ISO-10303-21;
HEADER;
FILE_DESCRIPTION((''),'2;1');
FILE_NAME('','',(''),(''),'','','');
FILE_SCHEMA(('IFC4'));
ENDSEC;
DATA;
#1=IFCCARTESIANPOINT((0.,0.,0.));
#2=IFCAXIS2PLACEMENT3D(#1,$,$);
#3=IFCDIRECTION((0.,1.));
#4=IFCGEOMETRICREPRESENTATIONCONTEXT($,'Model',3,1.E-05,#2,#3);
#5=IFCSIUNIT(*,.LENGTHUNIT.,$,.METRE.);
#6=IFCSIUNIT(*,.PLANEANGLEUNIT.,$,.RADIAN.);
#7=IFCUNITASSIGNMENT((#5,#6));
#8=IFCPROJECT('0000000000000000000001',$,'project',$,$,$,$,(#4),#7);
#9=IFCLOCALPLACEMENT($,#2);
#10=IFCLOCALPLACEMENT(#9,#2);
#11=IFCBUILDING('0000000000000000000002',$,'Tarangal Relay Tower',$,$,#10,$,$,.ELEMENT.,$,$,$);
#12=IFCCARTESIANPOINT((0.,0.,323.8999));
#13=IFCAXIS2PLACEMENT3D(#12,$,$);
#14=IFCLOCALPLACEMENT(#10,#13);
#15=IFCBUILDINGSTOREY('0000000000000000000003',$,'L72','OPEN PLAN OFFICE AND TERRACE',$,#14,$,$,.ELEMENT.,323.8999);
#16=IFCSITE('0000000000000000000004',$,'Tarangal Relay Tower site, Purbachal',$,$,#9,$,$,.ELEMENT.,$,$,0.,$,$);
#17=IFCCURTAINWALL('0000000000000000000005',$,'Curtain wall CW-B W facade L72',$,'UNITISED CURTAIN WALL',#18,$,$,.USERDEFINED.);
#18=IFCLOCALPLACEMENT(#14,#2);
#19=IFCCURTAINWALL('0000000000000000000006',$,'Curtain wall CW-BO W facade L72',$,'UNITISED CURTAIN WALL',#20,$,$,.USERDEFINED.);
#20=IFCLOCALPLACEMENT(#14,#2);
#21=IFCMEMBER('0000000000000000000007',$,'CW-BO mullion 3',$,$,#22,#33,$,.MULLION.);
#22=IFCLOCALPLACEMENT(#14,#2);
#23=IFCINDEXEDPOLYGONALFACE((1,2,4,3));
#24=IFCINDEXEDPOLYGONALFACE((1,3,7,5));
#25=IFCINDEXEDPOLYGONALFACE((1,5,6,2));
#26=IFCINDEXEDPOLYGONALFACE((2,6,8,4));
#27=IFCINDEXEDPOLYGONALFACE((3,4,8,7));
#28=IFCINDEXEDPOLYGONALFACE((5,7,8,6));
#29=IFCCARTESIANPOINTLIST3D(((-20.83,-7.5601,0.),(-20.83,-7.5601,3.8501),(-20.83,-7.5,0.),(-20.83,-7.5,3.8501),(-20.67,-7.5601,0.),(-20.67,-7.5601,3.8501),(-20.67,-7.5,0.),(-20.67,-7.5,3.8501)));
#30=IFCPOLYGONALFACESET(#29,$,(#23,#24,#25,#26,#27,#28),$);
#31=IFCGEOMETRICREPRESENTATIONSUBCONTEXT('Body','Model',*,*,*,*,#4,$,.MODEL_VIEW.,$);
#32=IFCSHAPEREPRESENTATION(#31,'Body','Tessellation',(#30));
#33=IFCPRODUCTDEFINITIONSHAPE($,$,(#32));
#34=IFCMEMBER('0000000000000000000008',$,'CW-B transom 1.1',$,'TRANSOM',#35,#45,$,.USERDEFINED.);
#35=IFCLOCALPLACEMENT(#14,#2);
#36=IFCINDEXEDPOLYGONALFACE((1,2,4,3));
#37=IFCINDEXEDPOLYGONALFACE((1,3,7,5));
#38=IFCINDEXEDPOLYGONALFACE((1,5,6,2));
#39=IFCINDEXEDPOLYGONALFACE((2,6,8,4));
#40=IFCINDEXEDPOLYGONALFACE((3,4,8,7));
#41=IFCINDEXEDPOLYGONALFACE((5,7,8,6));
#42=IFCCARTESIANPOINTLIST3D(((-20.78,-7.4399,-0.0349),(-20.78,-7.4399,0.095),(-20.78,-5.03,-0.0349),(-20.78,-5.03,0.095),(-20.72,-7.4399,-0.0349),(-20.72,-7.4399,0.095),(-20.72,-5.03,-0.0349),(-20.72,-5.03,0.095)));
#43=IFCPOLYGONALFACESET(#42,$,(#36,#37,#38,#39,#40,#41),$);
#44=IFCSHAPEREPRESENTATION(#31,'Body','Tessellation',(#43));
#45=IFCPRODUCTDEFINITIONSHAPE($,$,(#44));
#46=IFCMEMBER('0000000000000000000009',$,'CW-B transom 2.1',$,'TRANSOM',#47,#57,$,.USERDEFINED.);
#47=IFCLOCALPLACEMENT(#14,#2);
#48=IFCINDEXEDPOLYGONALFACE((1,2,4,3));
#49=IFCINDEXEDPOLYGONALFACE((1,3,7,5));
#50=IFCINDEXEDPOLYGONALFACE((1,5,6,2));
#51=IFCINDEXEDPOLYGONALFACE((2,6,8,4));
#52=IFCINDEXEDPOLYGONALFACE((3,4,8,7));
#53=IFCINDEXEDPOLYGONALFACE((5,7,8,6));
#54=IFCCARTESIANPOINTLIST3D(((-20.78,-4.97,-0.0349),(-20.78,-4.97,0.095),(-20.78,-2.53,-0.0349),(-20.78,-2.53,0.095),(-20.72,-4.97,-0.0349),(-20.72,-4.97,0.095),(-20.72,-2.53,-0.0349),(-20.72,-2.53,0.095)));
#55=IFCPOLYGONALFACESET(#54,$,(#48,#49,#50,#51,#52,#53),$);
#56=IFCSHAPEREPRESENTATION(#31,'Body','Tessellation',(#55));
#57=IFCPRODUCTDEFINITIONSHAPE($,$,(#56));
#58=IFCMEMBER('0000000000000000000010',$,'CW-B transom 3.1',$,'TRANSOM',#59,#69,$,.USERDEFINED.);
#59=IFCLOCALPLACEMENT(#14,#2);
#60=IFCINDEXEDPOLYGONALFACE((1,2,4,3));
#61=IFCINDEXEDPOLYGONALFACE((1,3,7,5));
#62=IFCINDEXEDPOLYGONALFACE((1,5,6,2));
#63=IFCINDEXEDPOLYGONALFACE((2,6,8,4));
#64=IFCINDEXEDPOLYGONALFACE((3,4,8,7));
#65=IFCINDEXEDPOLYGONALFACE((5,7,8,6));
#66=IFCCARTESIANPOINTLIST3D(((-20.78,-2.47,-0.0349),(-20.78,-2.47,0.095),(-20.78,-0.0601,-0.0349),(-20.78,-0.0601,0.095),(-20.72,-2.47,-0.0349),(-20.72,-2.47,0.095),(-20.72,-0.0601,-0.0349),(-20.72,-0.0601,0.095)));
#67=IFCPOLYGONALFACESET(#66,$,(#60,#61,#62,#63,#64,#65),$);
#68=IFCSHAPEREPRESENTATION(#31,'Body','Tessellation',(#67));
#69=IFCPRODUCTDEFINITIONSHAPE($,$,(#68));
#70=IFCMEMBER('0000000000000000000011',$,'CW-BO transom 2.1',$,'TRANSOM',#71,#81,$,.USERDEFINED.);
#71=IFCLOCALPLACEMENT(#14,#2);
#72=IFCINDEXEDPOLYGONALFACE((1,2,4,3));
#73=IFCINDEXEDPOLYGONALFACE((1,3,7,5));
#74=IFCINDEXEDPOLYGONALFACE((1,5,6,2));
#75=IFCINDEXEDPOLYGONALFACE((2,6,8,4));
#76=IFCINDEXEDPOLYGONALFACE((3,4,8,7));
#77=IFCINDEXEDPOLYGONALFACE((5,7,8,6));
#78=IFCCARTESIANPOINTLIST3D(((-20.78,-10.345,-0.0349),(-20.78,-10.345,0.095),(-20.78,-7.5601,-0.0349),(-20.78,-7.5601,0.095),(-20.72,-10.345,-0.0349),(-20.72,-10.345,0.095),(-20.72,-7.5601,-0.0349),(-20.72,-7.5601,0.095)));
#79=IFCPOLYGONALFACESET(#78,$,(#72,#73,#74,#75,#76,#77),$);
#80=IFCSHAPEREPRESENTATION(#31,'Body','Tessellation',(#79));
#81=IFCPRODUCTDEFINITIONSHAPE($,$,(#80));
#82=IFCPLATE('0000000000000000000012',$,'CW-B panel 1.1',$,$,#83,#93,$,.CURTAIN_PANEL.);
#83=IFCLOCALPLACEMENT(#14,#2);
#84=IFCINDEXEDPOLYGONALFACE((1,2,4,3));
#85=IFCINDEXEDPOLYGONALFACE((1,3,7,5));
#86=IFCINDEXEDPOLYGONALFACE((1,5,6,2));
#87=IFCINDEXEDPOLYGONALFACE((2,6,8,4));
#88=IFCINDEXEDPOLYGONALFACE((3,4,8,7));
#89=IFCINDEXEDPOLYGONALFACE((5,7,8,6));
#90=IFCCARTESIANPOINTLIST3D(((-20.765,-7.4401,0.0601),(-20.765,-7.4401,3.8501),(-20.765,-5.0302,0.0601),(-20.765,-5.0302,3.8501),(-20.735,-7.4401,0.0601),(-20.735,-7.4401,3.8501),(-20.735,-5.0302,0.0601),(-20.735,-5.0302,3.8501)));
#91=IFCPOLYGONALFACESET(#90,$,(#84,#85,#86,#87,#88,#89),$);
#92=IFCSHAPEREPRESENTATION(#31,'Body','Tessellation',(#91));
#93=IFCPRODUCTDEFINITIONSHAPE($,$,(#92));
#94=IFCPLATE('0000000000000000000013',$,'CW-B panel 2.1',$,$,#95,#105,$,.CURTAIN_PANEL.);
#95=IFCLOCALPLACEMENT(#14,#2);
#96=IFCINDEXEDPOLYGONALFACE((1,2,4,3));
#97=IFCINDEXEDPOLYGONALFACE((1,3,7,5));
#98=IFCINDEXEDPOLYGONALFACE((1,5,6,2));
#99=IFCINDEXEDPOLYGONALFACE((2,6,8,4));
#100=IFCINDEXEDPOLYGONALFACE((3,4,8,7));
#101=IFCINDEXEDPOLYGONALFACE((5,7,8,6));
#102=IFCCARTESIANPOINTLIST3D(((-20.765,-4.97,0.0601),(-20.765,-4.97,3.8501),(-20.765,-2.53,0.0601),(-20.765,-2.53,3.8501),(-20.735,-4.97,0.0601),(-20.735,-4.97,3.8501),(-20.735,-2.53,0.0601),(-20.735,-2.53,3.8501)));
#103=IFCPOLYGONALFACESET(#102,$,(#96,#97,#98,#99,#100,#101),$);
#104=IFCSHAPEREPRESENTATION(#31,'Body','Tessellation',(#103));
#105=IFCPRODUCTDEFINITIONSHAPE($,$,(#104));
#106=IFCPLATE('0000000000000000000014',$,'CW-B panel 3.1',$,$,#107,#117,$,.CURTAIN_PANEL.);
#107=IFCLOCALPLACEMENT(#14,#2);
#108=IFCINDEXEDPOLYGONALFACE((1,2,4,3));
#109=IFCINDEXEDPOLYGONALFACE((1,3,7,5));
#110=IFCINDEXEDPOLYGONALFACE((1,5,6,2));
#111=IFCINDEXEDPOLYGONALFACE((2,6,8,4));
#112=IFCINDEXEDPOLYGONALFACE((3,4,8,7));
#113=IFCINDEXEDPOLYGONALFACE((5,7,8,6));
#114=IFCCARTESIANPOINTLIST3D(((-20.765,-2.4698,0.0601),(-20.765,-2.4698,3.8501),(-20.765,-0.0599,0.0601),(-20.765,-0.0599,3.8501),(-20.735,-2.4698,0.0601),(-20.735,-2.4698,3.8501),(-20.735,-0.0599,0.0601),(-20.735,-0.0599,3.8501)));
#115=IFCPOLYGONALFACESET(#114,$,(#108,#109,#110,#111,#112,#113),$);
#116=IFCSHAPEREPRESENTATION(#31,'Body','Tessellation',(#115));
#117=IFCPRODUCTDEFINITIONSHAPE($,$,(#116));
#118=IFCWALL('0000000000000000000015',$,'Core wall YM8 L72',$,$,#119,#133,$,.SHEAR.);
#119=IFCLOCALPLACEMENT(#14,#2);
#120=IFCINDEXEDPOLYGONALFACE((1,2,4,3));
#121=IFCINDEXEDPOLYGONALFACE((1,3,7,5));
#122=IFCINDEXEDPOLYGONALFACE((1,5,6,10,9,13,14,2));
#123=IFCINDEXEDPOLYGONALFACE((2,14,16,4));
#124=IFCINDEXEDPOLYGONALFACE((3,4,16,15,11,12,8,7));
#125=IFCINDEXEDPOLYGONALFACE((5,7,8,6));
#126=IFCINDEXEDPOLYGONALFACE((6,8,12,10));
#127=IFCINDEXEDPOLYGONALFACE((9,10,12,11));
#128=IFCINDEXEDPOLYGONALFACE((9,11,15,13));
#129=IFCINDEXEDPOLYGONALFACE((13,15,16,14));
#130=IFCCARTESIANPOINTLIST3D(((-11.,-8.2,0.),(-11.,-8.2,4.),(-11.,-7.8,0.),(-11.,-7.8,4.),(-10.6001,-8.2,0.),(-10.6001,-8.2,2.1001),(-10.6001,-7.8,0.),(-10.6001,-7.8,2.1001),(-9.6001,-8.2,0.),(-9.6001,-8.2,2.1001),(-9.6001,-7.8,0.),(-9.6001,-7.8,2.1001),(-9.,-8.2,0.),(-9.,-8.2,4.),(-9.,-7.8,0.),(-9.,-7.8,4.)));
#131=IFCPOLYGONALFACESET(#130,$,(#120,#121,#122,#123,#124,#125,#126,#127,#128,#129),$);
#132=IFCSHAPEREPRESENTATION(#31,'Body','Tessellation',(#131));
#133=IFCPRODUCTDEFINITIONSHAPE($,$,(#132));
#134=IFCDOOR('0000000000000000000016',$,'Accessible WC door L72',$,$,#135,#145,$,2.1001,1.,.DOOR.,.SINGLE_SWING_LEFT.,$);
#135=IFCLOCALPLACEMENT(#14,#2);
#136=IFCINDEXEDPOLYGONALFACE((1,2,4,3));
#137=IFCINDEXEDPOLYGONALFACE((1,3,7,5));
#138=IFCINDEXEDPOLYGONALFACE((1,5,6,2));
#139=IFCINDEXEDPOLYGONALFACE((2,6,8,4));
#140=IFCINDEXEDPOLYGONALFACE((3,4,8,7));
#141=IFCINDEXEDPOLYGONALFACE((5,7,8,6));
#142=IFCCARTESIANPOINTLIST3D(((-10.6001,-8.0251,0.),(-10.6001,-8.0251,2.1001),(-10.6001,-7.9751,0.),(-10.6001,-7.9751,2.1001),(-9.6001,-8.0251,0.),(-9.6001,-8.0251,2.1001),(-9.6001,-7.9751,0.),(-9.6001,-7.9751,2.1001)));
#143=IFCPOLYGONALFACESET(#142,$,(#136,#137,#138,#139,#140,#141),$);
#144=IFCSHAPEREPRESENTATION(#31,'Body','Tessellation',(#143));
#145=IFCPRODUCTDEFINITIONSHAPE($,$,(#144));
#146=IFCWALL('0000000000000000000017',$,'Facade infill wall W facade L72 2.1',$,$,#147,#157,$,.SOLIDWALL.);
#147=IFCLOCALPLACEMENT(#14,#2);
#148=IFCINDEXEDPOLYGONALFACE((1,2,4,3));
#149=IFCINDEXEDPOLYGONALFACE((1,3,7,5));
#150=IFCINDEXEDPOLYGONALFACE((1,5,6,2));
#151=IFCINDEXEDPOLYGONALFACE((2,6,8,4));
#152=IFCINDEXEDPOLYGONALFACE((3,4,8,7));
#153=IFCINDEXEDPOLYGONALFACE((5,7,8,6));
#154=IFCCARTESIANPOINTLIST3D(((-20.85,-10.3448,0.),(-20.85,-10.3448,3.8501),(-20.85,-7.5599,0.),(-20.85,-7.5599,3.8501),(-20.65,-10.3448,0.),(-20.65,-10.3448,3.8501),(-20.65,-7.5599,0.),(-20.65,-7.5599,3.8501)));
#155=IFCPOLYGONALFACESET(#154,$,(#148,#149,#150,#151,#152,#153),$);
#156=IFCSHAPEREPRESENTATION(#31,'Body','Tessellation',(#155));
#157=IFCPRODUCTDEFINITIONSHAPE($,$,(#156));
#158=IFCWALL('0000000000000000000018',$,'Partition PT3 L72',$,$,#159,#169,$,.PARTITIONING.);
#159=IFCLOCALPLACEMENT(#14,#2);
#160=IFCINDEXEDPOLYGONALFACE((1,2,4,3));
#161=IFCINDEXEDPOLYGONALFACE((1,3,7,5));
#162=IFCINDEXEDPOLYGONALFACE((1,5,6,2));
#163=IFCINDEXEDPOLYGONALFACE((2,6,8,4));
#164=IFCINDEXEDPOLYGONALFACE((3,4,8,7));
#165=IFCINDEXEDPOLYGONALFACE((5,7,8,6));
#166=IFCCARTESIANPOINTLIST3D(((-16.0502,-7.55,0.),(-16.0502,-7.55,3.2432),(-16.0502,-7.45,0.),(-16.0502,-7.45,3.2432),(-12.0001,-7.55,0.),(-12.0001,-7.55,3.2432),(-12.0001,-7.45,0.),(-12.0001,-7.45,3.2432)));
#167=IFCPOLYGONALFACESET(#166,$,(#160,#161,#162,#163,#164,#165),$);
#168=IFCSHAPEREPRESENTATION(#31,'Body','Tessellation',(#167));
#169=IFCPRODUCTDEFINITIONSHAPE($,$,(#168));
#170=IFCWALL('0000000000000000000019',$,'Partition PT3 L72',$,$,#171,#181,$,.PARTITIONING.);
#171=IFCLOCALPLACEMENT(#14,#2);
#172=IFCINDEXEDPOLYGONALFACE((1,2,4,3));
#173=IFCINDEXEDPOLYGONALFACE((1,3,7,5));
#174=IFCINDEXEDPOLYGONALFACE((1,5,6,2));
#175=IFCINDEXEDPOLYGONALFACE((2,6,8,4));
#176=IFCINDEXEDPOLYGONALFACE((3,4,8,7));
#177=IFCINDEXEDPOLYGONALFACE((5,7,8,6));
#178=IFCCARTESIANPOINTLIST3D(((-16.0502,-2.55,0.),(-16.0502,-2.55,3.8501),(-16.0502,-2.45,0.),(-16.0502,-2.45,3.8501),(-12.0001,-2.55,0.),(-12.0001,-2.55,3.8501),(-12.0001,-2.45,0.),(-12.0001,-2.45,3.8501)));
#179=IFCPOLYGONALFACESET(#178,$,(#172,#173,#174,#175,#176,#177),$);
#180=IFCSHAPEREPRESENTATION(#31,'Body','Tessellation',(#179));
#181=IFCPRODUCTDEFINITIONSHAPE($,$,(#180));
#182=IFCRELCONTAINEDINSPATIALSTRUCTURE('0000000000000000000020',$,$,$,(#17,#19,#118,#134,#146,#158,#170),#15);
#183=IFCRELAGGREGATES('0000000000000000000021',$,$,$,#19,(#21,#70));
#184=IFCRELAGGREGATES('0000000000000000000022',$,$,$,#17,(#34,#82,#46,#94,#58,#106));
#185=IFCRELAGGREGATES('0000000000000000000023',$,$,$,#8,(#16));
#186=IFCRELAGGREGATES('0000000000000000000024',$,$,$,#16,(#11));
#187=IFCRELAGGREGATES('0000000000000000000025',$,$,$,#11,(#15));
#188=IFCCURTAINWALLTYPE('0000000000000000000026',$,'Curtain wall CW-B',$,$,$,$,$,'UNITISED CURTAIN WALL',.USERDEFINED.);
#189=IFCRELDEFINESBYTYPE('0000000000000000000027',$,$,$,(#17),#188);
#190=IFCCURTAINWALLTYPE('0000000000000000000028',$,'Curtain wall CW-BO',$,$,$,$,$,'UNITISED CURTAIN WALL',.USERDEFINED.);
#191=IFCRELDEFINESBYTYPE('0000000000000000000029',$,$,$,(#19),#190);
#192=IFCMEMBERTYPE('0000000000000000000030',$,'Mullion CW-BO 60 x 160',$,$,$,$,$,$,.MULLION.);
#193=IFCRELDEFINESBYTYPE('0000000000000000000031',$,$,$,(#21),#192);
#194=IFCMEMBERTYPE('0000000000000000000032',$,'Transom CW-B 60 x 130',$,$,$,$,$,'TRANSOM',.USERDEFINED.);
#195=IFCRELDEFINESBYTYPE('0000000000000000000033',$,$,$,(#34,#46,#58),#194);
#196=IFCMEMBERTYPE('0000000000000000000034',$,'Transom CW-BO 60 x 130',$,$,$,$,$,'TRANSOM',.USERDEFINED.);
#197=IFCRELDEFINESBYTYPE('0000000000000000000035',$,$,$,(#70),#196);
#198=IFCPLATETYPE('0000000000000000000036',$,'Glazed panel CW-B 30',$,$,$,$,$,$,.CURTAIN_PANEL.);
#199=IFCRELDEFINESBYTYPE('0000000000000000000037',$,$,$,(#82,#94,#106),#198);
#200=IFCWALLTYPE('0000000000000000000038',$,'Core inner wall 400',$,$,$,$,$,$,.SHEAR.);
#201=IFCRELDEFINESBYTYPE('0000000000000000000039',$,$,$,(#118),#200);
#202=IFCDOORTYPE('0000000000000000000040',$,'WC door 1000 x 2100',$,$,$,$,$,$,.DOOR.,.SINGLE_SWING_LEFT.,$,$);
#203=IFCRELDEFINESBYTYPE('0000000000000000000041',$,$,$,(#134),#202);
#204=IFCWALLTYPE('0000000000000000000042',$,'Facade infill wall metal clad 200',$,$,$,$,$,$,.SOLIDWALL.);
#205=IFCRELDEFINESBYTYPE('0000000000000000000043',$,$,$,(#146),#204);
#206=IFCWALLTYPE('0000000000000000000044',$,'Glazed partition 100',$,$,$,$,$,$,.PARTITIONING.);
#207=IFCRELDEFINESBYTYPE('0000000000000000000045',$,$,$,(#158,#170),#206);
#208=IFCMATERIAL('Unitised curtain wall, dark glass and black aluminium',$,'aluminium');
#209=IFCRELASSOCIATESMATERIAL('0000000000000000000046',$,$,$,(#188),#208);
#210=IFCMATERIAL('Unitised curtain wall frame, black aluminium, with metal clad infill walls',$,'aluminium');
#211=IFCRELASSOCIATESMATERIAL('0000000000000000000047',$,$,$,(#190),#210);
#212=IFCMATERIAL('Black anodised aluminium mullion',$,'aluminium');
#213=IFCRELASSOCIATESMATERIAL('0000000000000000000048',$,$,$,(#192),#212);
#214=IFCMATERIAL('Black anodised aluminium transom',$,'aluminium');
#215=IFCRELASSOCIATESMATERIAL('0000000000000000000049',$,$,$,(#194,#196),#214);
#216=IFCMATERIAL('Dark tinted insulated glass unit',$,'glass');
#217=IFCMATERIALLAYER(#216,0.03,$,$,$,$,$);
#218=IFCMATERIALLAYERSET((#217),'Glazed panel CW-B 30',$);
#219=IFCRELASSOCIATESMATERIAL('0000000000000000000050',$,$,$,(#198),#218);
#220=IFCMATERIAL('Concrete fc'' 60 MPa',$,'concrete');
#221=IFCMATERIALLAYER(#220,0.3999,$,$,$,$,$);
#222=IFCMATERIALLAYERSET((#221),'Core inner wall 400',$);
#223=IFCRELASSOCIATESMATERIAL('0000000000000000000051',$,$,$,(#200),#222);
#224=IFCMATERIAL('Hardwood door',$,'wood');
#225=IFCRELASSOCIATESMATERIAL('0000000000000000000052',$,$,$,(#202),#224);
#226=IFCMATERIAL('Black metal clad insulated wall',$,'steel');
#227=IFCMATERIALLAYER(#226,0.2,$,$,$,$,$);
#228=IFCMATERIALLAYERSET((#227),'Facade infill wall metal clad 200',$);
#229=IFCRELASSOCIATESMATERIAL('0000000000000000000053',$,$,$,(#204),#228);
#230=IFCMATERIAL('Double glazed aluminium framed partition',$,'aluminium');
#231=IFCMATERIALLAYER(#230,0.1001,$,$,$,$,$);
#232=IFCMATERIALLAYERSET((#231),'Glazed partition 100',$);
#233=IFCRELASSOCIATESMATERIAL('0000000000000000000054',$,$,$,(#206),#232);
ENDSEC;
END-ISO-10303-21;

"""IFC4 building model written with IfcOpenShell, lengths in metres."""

from ifc_helpers import new_model, si_unit, direction, frame, frame_2d, origin, origin_2d, place, context, subcontext, project, spatial, rectangle, extrude, material, layer, layer_set, material_profile, profile_set, type_object, element, fill, aggregate, save


model = new_model("IFC4")

# Units and contexts
model_context = context("Model", 3, precision=1e-05, world=origin(), true_north=direction((0.0, 1.0)))
body_context = subcontext(model_context, "Body", "Model", "MODEL_VIEW")
ifc_project = project(units=[si_unit("LENGTHUNIT", "METRE"), si_unit("PLANEANGLEUNIT", "RADIAN")], contexts=[model_context])

# Site, building, storey
site_placement = place(None, origin())
site = spatial("IfcSite", under=ifc_project, at=site_placement, Name="Tarangal Relay Tower site, Purbachal", CompositionType="ELEMENT", RefElevation=0.0)
building_placement = place(site_placement, origin())
building = spatial("IfcBuilding", under=site, at=building_placement, Name="Tarangal Relay Tower", CompositionType="ELEMENT")
storey_placement = place(building_placement, frame((0.0, 0.0, 323.8999)))
storey = spatial("IfcBuildingStorey", under=building, at=storey_placement, Name="L72", Description="OPEN PLAN OFFICE AND TERRACE", CompositionType="ELEMENT", Elevation=323.8999)

# Curtain wall
ifc_material_1 = material(Name="Unitised curtain wall, dark glass and black aluminium", Category="aluminium")
curtain_wall_type_1 = type_object("IfcCurtainWallType", Name="Curtain wall CW-B", ElementType="UNITISED CURTAIN WALL", PredefinedType="USERDEFINED", material=ifc_material_1)
curtain_wall_1_placement = place(storey_placement, origin())
curtain_wall_1 = element("IfcCurtainWall", 1, at=curtain_wall_1_placement, inside=storey, type_object=curtain_wall_type_1, Name="Curtain wall CW-B W facade L72", ObjectType="UNITISED CURTAIN WALL", PredefinedType="USERDEFINED")
ifc_material_2 = material(Name="Black anodised aluminium mullion", Category="aluminium")

# Curtain wall, member
ifc_material_3 = material(Name="Unitised curtain wall frame, black aluminium, with metal clad infill walls", Category="aluminium")
curtain_wall_type_2 = type_object("IfcCurtainWallType", Name="Curtain wall CW-BO", ElementType="UNITISED CURTAIN WALL", PredefinedType="USERDEFINED", material=ifc_material_3)
curtain_wall_2_placement = place(storey_placement, origin())
curtain_wall_2 = element("IfcCurtainWall", 2, at=curtain_wall_2_placement, inside=storey, type_object=curtain_wall_type_2, Name="Curtain wall CW-BO W facade L72", ObjectType="UNITISED CURTAIN WALL", PredefinedType="USERDEFINED")
ifc_material_profile_1 = material_profile(ifc_material_2, rectangle(XDim=0.1599, YDim=0.0601, at=origin_2d()), Name="CW-BOM 60X160")
ifc_profile_set_1 = profile_set([ifc_material_profile_1], Name="Black anodised aluminium mullion")
member_type_1 = type_object("IfcMemberType", Name="Mullion CW-BO 60 x 160", PredefinedType="MULLION", material=ifc_profile_set_1)
member_1_placement = place(storey_placement, frame((-20.75, -7.53, 0.0), z_axis=(0.0, 0.0, 1.0), x_axis=(-1.0, 0.0, 0.0)))
member_1 = element("IfcMember", 3, at=member_1_placement, type_object=member_type_1, Name="CW-BO mullion 3", PredefinedType="MULLION", context=body_context, shape_type="SweptSolid", body=[
    extrude(rectangle(XDim=0.1599, YDim=0.0601, at=origin_2d()), origin(), (0.0, 0.0, 1.0), 3.8501),
])

# Members
ifc_material_4 = material(Name="Black anodised aluminium transom", Category="aluminium")
ifc_material_profile_2 = material_profile(ifc_material_4, rectangle(XDim=0.0601, YDim=0.1299, at=origin_2d()), Name="CW-BT 60X130")
ifc_profile_set_2 = profile_set([ifc_material_profile_2], Name="Black anodised aluminium transom")
member_type_2 = type_object("IfcMemberType", Name="Transom CW-B 60 x 130", ElementType="TRANSOM", PredefinedType="USERDEFINED", material=ifc_profile_set_2)
member_2_placement = place(storey_placement, frame((-20.75, -7.4399, 0.03), z_axis=(0.0, 1.0, 0.0), x_axis=(-1.0, 0.0, 0.0)))
member_2 = element("IfcMember", 4, at=member_2_placement, type_object=member_type_2, Name="CW-B transom 1.1", ObjectType="TRANSOM", PredefinedType="USERDEFINED", context=body_context, shape_type="SweptSolid", body=[
    extrude(rectangle(XDim=0.0601, YDim=0.1299, at=origin_2d()), origin(), (0.0, 0.0, 1.0), 2.4099),
])
member_3_placement = place(storey_placement, frame((-20.75, -4.97, 0.03), z_axis=(0.0, 1.0, 0.0), x_axis=(-1.0, 0.0, 0.0)))
member_3 = element("IfcMember", 5, at=member_3_placement, type_object=member_type_2, Name="CW-B transom 2.1", ObjectType="TRANSOM", PredefinedType="USERDEFINED", context=body_context, shape_type="SweptSolid", body=[
    extrude(rectangle(XDim=0.0601, YDim=0.1299, at=origin_2d()), origin(), (0.0, 0.0, 1.0), 2.4399),
])
member_4_placement = place(storey_placement, frame((-20.75, -2.47, 0.03), z_axis=(0.0, 1.0, 0.0), x_axis=(-1.0, 0.0, 0.0)))
member_4 = element("IfcMember", 6, at=member_4_placement, type_object=member_type_2, Name="CW-B transom 3.1", ObjectType="TRANSOM", PredefinedType="USERDEFINED", context=body_context, shape_type="SweptSolid", body=[
    extrude(rectangle(XDim=0.0601, YDim=0.1299, at=origin_2d()), origin(), (0.0, 0.0, 1.0), 2.4099),
])
ifc_material_profile_3 = material_profile(ifc_material_4, rectangle(XDim=0.0601, YDim=0.1299, at=origin_2d()), Name="CW-BOT 60X130")
ifc_profile_set_3 = profile_set([ifc_material_profile_3], Name="Black anodised aluminium transom")
member_type_3 = type_object("IfcMemberType", Name="Transom CW-BO 60 x 130", ElementType="TRANSOM", PredefinedType="USERDEFINED", material=ifc_profile_set_3)
member_5_placement = place(storey_placement, frame((-20.75, -10.345, 0.03), z_axis=(0.0, 1.0, 0.0), x_axis=(-1.0, 0.0, 0.0)))
member_5 = element("IfcMember", 7, at=member_5_placement, type_object=member_type_3, Name="CW-BO transom 2.1", ObjectType="TRANSOM", PredefinedType="USERDEFINED", context=body_context, shape_type="SweptSolid", body=[
    extrude(rectangle(XDim=0.0601, YDim=0.1299, at=origin_2d()), origin(), (0.0, 0.0, 1.0), 2.7849),
])
aggregate(curtain_wall_2, [member_1, member_5])

# Plates
ifc_material_5 = material(Name="Dark tinted insulated glass unit", Category="glass")
ifc_layer_1 = layer(ifc_material_5, 0.03)
ifc_layer_set_1 = layer_set([ifc_layer_1], Name="Glazed panel CW-B 30")
plate_type = type_object("IfcPlateType", Name="Glazed panel CW-B 30", PredefinedType="CURTAIN_PANEL", material=ifc_layer_set_1)
plate_1_placement = place(storey_placement, frame((-20.75, -6.2351, 0.0601), z_axis=(0.0, 0.0, 1.0), x_axis=(0.0, 1.0, 0.0)))
plate_1 = element("IfcPlate", 8, at=plate_1_placement, type_object=plate_type, Name="CW-B panel 1.1", PredefinedType="CURTAIN_PANEL", context=body_context, shape_type="SweptSolid", body=[
    extrude(rectangle(XDim=2.4099, YDim=0.03, at=origin_2d()), origin(), (0.0, 0.0, 1.0), 3.79),
])
plate_2_placement = place(storey_placement, frame((-20.75, -3.75, 0.0601), z_axis=(0.0, 0.0, 1.0), x_axis=(0.0, 1.0, 0.0)))
plate_2 = element("IfcPlate", 9, at=plate_2_placement, type_object=plate_type, Name="CW-B panel 2.1", PredefinedType="CURTAIN_PANEL", context=body_context, shape_type="SweptSolid", body=[
    extrude(rectangle(XDim=2.4399, YDim=0.03, at=origin_2d()), origin(), (0.0, 0.0, 1.0), 3.79),
])
plate_3_placement = place(storey_placement, frame((-20.75, -1.2649, 0.0601), z_axis=(0.0, 0.0, 1.0), x_axis=(0.0, 1.0, 0.0)))
plate_3 = element("IfcPlate", 10, at=plate_3_placement, type_object=plate_type, Name="CW-B panel 3.1", PredefinedType="CURTAIN_PANEL", context=body_context, shape_type="SweptSolid", body=[
    extrude(rectangle(XDim=2.4099, YDim=0.03, at=origin_2d()), origin(), (0.0, 0.0, 1.0), 3.79),
])
aggregate(curtain_wall_1, [member_2, plate_1, member_3, plate_2, member_4, plate_3])

# Wall, opening, door
ifc_material_6 = material(Name="Concrete fc' 60 MPa", Category="concrete")
ifc_layer_2 = layer(ifc_material_6, 0.3999)
ifc_layer_set_2 = layer_set([ifc_layer_2], Name="Core inner wall 400")
wall_type_1 = type_object("IfcWallType", Name="Core inner wall 400", PredefinedType="SHEAR", material=ifc_layer_set_2)
wall_1_placement = place(storey_placement, frame((-11.0, -8.0, 0.0), z_axis=(0.0, 0.0, 1.0), x_axis=(1.0, 0.0, 0.0)))
wall_1 = element("IfcWall", 11, at=wall_1_placement, inside=storey, type_object=wall_type_1, Name="Core wall YM8 L72", PredefinedType="SHEAR", context=body_context, shape_type="SweptSolid", body=[
    extrude(rectangle(XDim=2.0, YDim=0.3999, at=frame_2d((1.0, 0.0))), origin(), (0.0, 0.0, 1.0), 4.0),
])
opening_1_placement = place(wall_1_placement, frame((0.3999, 0.0, 0.0)))
opening_1 = element("IfcOpeningElement", 12, at=opening_1_placement, cuts=wall_1, PredefinedType="OPENING", context=body_context, shape_type="SweptSolid", body=[
    extrude(rectangle(XDim=1.0, YDim=2.1001, at=frame_2d((0.5, 1.05))), frame((0.0, 0.21, 0.0), z_axis=(0.0, -1.0, 0.0), x_axis=(1.0, 0.0, 0.0)), (0.0, 0.0, 1.0), 0.4199),
])
ifc_material_7 = material(Name="Hardwood door", Category="wood")
door_type_1 = type_object("IfcDoorType", Name="WC door 1000 x 2100", OperationType="SINGLE_SWING_LEFT", PredefinedType="DOOR", material=ifc_material_7)
door_1_placement = place(opening_1_placement, origin())
door_1 = element("IfcDoor", 13, at=door_1_placement, inside=storey, type_object=door_type_1, Name="Accessible WC door L72", OperationType="SINGLE_SWING_LEFT", OverallHeight=2.1001, OverallWidth=1.0, PredefinedType="DOOR", context=body_context, shape_type="SweptSolid", body=[
    extrude(rectangle(XDim=1.0, YDim=2.1001, at=frame_2d((0.5, 1.05))), frame((0.0, 0.0249, 0.0), z_axis=(0.0, -1.0, 0.0), x_axis=(1.0, 0.0, 0.0)), (0.0, 0.0, 1.0), 0.05),
])
fill(opening_1, door_1)

# Walls
ifc_material_8 = material(Name="Black metal clad insulated wall", Category="steel")
ifc_layer_3 = layer(ifc_material_8, 0.2)
ifc_layer_set_3 = layer_set([ifc_layer_3], Name="Facade infill wall metal clad 200")
wall_type_2 = type_object("IfcWallType", Name="Facade infill wall metal clad 200", PredefinedType="SOLIDWALL", material=ifc_layer_set_3)
wall_2_placement = place(storey_placement, frame((-20.75, -10.345, 0.0), z_axis=(0.0, 0.0, 1.0), x_axis=(0.0, 1.0, 0.0)))
element("IfcWall", 14, at=wall_2_placement, inside=storey, type_object=wall_type_2, Name="Facade infill wall W facade L72 2.1", PredefinedType="SOLIDWALL", context=body_context, shape_type="SweptSolid", body=[
    extrude(rectangle(XDim=2.7849, YDim=0.2, at=frame_2d((1.3926, 0.0))), origin(), (0.0, 0.0, 1.0), 3.8501),
])
ifc_material_9 = material(Name="Double glazed aluminium framed partition", Category="aluminium")
ifc_layer_4 = layer(ifc_material_9, 0.1001)
ifc_layer_set_4 = layer_set([ifc_layer_4], Name="Glazed partition 100")
wall_type_3 = type_object("IfcWallType", Name="Glazed partition 100", PredefinedType="PARTITIONING", material=ifc_layer_set_4)
wall_3_placement = place(storey_placement, frame((-16.05, -7.5, 0.0), z_axis=(0.0, 0.0, 1.0), x_axis=(1.0, 0.0, 0.0)))
element("IfcWall", 15, at=wall_3_placement, inside=storey, type_object=wall_type_3, Name="Partition PT3 L72", PredefinedType="PARTITIONING", context=body_context, shape_type="SweptSolid", body=[
    extrude(rectangle(XDim=4.05, YDim=0.1001, at=frame_2d((2.0249, 0.0))), origin(), (0.0, 0.0, 1.0), 3.2432),
])
wall_4_placement = place(storey_placement, frame((-16.05, -2.5, 0.0), z_axis=(0.0, 0.0, 1.0), x_axis=(1.0, 0.0, 0.0)))
element("IfcWall", 16, at=wall_4_placement, inside=storey, type_object=wall_type_3, Name="Partition PT3 L72", PredefinedType="PARTITIONING", context=body_context, shape_type="SweptSolid", body=[
    extrude(rectangle(XDim=4.05, YDim=0.1001, at=frame_2d((2.0249, 0.0))), origin(), (0.0, 0.0, 1.0), 3.8501),
])

save(model, "model.ifc")
